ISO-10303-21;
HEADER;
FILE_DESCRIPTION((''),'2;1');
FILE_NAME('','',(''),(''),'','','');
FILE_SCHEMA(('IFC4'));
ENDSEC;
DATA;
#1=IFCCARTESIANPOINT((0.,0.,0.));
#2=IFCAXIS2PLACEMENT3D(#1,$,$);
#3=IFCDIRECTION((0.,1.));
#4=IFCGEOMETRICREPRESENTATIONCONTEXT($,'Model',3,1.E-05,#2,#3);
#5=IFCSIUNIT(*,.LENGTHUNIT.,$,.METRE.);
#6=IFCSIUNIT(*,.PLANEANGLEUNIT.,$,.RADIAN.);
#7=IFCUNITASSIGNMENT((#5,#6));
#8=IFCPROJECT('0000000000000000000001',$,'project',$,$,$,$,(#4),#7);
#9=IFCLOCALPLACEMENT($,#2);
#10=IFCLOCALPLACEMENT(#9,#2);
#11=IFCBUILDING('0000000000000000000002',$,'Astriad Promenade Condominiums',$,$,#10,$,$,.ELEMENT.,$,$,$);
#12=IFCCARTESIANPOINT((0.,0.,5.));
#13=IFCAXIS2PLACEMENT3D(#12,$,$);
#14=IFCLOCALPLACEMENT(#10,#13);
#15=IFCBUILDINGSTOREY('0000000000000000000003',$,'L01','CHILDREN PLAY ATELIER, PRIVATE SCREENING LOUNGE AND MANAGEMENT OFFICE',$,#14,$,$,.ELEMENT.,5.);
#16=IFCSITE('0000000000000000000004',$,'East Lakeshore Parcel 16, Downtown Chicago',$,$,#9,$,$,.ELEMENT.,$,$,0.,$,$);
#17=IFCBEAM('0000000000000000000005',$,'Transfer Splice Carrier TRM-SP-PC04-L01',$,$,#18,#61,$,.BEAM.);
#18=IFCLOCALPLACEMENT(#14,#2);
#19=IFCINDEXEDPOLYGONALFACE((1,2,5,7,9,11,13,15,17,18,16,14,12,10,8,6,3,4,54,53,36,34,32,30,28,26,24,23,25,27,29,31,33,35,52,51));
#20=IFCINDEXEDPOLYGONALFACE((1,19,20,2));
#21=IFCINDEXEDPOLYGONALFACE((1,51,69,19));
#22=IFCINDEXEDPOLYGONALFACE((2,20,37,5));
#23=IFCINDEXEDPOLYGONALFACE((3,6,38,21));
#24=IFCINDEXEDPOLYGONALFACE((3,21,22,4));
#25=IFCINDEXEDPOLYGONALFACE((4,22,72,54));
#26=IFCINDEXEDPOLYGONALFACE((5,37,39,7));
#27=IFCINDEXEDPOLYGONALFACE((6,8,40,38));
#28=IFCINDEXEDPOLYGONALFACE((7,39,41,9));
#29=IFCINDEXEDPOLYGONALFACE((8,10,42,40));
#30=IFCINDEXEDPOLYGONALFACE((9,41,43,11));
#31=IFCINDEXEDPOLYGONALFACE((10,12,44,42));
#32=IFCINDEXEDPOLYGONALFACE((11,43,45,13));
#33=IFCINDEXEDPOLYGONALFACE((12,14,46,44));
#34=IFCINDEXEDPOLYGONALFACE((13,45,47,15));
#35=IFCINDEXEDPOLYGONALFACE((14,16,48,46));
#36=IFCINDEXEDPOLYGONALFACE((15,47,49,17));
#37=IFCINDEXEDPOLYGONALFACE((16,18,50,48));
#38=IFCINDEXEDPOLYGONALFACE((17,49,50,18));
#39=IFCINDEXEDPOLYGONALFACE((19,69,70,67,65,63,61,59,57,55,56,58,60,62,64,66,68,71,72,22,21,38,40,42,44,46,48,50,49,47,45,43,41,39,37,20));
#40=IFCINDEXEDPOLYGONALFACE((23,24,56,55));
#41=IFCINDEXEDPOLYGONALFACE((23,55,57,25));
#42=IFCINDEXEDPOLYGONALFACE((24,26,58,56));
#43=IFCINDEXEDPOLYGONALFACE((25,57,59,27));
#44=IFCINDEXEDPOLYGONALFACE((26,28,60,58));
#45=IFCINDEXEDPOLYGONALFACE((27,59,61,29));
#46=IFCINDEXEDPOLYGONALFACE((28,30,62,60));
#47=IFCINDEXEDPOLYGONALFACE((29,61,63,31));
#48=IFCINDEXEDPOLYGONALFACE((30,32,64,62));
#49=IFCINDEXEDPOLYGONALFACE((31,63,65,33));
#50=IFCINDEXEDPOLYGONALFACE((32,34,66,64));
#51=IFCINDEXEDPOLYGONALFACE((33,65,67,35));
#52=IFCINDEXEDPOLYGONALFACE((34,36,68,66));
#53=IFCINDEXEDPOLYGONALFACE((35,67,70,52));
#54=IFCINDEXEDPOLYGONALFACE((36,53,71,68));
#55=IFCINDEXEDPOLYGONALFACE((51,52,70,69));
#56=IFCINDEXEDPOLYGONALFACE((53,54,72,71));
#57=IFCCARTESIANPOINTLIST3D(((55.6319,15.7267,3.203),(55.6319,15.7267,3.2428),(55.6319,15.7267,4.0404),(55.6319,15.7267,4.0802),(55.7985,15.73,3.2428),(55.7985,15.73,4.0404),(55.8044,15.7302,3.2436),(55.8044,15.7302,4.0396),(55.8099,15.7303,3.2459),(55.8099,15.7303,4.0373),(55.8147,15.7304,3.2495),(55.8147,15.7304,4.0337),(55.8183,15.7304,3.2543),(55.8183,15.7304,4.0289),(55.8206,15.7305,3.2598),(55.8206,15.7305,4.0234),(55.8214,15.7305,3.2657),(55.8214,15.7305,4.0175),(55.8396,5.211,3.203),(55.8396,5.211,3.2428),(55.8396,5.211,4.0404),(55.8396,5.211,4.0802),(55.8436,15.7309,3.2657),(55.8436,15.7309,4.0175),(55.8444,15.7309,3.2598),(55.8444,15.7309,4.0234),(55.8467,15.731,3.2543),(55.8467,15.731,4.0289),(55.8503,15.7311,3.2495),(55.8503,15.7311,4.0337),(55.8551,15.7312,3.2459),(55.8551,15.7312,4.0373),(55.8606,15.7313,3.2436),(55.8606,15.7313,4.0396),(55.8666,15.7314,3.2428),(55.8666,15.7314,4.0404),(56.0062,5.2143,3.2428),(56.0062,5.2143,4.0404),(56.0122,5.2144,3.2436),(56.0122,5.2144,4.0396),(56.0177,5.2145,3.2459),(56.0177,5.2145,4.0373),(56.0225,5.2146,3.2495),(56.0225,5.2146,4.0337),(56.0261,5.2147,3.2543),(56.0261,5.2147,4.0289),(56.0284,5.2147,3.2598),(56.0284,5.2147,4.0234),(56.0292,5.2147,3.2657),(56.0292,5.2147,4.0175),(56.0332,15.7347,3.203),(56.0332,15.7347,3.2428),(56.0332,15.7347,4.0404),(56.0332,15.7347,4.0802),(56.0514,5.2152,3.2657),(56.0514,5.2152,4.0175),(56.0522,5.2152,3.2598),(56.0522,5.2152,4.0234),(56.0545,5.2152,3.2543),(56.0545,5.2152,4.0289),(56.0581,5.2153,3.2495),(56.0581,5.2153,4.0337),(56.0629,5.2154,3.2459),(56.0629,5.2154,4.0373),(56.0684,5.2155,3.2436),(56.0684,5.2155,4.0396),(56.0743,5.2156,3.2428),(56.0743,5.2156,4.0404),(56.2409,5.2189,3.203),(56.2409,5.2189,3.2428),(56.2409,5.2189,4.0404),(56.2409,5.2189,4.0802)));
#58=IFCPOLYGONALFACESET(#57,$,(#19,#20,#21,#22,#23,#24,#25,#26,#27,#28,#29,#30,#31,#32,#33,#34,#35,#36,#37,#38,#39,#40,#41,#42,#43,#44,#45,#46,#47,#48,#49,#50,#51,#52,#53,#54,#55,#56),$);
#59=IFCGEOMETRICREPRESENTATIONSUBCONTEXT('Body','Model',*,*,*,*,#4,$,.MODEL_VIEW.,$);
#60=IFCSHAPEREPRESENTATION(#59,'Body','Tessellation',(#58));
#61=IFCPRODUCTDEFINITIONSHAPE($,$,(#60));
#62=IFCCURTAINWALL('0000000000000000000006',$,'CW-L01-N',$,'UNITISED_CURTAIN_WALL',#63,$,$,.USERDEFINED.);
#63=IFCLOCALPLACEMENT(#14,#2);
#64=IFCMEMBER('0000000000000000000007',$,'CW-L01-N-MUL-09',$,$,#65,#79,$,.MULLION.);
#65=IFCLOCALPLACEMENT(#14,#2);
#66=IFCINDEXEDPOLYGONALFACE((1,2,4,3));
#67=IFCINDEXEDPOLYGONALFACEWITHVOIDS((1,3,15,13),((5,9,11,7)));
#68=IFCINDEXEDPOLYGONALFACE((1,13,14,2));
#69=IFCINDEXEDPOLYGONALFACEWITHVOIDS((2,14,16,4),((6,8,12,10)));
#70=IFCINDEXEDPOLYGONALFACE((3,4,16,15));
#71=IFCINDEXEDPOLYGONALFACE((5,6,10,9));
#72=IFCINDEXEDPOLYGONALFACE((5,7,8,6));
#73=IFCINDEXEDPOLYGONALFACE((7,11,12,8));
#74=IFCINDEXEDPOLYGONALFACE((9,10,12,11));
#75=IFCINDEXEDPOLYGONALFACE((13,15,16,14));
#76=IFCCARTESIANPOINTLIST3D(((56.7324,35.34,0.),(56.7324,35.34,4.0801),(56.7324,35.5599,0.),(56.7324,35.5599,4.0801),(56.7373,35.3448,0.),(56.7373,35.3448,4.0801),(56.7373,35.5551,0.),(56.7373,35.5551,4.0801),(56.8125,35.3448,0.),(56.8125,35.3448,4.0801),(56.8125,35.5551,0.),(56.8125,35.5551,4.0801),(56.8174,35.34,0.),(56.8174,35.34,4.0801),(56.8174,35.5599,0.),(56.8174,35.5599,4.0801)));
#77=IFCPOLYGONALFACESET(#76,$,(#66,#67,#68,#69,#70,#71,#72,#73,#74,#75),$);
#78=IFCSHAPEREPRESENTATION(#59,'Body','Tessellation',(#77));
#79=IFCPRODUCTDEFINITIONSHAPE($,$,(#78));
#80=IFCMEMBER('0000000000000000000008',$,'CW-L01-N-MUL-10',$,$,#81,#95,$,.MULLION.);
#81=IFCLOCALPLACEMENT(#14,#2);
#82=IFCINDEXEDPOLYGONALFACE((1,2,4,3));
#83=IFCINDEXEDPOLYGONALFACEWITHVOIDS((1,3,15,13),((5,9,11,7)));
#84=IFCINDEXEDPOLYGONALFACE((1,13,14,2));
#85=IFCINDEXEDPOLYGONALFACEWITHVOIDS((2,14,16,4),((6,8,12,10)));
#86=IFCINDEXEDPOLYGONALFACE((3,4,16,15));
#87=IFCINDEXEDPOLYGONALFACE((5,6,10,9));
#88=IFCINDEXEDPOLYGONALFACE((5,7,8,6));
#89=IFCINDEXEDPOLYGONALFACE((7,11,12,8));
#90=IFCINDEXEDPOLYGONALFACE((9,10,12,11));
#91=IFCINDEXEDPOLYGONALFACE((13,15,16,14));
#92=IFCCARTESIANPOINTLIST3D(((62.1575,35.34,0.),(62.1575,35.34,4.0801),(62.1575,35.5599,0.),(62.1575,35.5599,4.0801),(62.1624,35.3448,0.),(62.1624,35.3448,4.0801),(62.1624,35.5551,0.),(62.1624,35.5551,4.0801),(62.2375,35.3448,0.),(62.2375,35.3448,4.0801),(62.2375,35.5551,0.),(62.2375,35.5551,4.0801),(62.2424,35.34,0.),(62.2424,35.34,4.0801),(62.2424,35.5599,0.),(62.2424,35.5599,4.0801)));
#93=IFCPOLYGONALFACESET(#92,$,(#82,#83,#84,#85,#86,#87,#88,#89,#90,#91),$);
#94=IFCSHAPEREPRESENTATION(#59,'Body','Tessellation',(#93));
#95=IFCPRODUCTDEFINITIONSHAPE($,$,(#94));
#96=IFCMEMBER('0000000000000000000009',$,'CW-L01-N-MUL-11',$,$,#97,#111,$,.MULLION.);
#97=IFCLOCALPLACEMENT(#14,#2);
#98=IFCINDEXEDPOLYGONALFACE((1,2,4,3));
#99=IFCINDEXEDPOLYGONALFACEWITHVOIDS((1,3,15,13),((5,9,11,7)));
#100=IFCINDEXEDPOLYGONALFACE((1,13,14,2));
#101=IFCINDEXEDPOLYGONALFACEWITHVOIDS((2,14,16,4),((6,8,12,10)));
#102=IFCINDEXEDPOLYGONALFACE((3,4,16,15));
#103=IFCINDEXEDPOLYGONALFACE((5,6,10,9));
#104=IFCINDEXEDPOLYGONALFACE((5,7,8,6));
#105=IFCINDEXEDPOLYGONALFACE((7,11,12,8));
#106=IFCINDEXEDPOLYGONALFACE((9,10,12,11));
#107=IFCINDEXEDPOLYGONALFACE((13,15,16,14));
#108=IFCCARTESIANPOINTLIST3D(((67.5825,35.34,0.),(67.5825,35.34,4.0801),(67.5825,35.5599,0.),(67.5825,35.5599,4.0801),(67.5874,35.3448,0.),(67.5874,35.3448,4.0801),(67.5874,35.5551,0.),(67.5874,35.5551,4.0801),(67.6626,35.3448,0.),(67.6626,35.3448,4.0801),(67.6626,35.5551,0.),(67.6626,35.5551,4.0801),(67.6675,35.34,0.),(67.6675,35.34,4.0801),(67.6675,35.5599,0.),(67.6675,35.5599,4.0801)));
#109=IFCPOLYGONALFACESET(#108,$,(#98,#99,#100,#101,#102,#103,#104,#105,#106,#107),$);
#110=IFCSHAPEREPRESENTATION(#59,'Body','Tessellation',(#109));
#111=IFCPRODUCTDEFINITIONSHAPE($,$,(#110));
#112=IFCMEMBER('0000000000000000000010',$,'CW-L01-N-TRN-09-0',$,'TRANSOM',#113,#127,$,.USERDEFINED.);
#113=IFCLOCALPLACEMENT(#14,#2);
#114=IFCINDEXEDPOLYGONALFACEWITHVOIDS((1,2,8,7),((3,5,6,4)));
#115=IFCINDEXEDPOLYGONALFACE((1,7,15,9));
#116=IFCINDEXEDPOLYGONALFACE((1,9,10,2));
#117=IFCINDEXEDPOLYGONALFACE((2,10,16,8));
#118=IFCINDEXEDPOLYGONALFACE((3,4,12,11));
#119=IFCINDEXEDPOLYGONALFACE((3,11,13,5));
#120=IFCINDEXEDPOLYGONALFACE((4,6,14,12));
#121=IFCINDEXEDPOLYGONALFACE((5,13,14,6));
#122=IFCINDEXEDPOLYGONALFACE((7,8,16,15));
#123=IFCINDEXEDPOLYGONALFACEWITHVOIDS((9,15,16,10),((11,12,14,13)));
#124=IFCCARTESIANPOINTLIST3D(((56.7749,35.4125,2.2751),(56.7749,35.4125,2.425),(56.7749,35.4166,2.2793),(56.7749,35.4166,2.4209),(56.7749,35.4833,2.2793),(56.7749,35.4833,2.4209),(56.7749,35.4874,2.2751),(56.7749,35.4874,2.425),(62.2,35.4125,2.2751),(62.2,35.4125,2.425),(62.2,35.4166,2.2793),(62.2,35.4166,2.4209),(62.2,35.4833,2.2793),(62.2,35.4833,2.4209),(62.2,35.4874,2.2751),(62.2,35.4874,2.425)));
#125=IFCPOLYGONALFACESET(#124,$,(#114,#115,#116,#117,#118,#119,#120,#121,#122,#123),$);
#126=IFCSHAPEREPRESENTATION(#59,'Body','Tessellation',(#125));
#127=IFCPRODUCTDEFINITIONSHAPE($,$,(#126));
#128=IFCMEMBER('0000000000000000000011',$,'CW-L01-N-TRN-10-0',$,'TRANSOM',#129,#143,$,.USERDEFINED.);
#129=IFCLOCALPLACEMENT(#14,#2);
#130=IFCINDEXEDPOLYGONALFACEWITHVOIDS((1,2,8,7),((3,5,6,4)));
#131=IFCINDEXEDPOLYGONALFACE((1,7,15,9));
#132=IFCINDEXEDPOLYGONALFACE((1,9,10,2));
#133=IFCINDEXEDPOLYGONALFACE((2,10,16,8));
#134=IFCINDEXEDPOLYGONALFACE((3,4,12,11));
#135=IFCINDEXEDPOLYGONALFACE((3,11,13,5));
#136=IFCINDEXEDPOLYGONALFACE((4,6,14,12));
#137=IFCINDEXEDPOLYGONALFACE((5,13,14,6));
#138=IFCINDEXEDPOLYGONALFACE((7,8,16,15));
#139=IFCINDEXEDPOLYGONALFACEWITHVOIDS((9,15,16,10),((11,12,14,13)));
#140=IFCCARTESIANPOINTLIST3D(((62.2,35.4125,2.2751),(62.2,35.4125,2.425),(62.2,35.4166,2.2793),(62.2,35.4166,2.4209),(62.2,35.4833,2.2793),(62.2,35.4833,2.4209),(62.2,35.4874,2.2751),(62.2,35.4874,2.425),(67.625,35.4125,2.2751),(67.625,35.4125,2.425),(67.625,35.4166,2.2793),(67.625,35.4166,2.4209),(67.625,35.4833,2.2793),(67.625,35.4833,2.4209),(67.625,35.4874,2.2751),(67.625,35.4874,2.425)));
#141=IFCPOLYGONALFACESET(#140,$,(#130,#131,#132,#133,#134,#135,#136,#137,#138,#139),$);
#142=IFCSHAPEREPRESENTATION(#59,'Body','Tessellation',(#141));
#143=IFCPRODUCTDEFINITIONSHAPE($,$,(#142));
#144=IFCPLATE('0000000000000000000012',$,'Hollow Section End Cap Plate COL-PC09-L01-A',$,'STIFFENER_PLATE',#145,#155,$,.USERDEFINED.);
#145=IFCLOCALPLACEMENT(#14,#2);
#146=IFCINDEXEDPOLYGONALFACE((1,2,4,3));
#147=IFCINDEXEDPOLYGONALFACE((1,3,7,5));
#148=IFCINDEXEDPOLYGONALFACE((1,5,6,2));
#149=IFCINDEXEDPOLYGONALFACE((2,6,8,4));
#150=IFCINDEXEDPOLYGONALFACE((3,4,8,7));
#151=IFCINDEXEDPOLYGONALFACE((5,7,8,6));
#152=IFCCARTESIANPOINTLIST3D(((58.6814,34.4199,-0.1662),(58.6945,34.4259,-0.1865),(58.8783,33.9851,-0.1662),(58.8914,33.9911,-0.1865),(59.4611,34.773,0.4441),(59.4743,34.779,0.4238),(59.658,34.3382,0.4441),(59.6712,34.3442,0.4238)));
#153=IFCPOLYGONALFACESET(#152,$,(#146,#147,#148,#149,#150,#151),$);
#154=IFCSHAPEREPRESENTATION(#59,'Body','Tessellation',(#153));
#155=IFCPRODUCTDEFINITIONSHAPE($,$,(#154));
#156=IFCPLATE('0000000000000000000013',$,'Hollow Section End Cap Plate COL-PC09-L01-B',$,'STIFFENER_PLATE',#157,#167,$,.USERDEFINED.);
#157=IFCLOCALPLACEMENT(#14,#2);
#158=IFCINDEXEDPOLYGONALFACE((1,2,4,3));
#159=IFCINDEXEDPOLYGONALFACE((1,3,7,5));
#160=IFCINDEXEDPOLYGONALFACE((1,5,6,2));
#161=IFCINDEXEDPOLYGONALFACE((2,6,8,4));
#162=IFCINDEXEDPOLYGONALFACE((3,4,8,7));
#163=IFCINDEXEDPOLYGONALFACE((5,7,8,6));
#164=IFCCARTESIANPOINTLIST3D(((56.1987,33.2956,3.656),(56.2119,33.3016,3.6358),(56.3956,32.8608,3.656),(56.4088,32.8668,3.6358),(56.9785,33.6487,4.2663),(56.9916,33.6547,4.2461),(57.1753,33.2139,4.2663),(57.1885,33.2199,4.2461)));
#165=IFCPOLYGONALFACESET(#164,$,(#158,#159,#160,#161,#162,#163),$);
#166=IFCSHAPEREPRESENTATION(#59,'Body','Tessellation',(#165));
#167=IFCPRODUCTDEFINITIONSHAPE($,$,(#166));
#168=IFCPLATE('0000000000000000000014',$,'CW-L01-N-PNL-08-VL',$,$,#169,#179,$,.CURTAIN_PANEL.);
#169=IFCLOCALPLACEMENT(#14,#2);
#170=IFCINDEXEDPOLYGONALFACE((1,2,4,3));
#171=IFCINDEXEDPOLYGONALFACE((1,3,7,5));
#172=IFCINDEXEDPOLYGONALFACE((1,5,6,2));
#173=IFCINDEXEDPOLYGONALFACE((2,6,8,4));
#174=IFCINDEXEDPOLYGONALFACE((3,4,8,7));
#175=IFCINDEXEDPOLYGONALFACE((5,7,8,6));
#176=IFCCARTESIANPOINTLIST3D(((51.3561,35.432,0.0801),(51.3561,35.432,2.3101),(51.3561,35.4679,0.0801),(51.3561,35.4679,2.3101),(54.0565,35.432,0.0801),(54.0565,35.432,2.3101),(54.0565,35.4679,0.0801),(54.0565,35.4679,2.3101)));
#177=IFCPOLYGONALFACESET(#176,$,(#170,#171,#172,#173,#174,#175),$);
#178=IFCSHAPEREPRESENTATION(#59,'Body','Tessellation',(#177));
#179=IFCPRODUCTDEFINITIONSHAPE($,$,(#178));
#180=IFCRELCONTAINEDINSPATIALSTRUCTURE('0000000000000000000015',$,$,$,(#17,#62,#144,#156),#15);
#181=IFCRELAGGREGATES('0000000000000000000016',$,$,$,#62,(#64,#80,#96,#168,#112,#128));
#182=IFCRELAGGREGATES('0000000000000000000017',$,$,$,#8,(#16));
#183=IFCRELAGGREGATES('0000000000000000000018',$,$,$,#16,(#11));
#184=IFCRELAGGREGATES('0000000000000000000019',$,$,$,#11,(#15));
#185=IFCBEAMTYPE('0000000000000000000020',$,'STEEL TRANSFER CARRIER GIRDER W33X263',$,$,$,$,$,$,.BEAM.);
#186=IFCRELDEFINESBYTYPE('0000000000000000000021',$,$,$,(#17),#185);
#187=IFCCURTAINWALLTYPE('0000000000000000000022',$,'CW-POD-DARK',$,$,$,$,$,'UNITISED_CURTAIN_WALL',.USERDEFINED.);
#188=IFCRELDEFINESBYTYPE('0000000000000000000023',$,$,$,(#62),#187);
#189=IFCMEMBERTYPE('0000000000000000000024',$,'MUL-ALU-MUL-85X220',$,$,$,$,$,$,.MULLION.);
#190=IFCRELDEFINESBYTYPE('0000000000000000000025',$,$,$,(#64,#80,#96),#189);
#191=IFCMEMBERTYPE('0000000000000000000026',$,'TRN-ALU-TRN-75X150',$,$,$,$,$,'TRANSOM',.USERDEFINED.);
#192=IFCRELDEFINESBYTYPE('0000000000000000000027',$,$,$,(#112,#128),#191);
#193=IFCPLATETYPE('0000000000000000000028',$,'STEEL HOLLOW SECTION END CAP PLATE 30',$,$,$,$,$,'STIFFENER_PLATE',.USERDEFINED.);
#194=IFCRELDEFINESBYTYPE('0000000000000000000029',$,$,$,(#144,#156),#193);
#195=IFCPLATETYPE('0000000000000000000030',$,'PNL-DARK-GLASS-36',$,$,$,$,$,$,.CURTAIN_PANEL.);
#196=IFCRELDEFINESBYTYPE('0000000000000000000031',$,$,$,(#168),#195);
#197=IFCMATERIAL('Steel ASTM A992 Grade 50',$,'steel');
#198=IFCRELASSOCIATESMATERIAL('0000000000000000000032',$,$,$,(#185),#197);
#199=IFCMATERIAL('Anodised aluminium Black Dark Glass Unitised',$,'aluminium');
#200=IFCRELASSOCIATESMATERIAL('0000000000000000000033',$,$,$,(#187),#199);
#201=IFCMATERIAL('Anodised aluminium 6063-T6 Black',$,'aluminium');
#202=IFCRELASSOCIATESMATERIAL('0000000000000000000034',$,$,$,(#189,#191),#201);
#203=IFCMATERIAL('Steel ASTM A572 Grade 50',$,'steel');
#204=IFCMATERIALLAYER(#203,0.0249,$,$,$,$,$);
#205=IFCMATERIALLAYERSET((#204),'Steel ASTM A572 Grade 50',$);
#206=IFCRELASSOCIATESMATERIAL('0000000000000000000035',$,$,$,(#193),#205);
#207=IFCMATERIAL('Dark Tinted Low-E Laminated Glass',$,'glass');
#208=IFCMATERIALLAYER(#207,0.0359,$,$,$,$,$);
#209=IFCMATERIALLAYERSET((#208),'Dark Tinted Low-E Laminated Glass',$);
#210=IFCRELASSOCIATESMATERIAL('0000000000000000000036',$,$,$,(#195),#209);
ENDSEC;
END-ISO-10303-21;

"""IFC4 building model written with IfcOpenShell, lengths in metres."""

from ifc_helpers import new_model, si_unit, direction, frame, origin, origin_2d, place, context, subcontext, project, spatial, rectangle, hollow_rectangle, i_section, extrude, source, transform, mapped, material, layer, layer_set, material_profile, profile_set, type_object, type_shapes, element, aggregate, save


model = new_model("IFC4")

# Units and contexts
model_context = context("Model", 3, precision=1e-05, world=origin(), true_north=direction((0.0, 1.0)))
body_context = subcontext(model_context, "Body", "Model", "MODEL_VIEW")
ifc_project = project(units=[si_unit("LENGTHUNIT", "METRE"), si_unit("PLANEANGLEUNIT", "RADIAN")], contexts=[model_context])

# Site, building, storey
site_placement = place(None, origin())
site = spatial("IfcSite", under=ifc_project, at=site_placement, Name="East Lakeshore Parcel 16, Downtown Chicago", CompositionType="ELEMENT", RefElevation=0.0)
building_placement = place(site_placement, origin())
building = spatial("IfcBuilding", under=site, at=building_placement, Name="Astriad Promenade Condominiums", CompositionType="ELEMENT")
storey_placement = place(building_placement, frame((0.0, 0.0, 5.0)))
storey = spatial("IfcBuildingStorey", under=building, at=storey_placement, Name="L01", Description="CHILDREN PLAY ATELIER, PRIVATE SCREENING LOUNGE AND MANAGEMENT OFFICE", CompositionType="ELEMENT", Elevation=5.0)

# Shared definitions
ifc_material_1 = material(Name="Steel ASTM A992 Grade 50", Category="steel")

# Beam
ifc_material_profile_1 = material_profile(ifc_material_1, i_section(OverallWidth=0.4014, OverallDepth=0.8772, WebThickness=0.0222, FlangeThickness=0.0398, FilletRadius=0.0229, at=origin_2d()), Name="W33X263")
ifc_profile_set_1 = profile_set([ifc_material_profile_1], Name="Steel ASTM A992 Grade 50")
beam_type_1 = type_object("IfcBeamType", Name="STEEL TRANSFER CARRIER GIRDER W33X263", PredefinedType="BEAM", material=ifc_profile_set_1)
shared_shape_1 = source(origin(), body_context, "Body", "SweptSolid", [
    extrude(i_section(OverallWidth=0.4014, OverallDepth=0.8772, WebThickness=0.0222, FlangeThickness=0.0398, FilletRadius=0.0229, at=origin_2d()), origin(), (0.0, 0.0, 1.0), 10.5178),
])
type_shapes(beam_type_1, [shared_shape_1])
beam_1_placement = place(storey_placement, frame((55.8325, 15.7307, 3.6416), z_axis=(0.019753, -0.999805, 0.0), x_axis=(0.999805, 0.019753, 0.0)))
element("IfcBeam", 1, at=beam_1_placement, inside=storey, type_object=beam_type_1, Name="Transfer Splice Carrier TRM-SP-PC04-L01", PredefinedType="BEAM", context=body_context, shape_type="MappedRepresentation", body=[
    mapped(shared_shape_1, transform((0.0, 0.0, 0.0), scale=1.0)),
])

# Curtain wall, members
ifc_material_2 = material(Name="Anodised aluminium Black Dark Glass Unitised", Category="aluminium")
curtain_wall_type = type_object("IfcCurtainWallType", Name="CW-POD-DARK", ElementType="UNITISED_CURTAIN_WALL", PredefinedType="USERDEFINED", material=ifc_material_2)
curtain_wall_placement = place(storey_placement, origin())
curtain_wall = element("IfcCurtainWall", 2, at=curtain_wall_placement, inside=storey, type_object=curtain_wall_type, Name="CW-L01-N", ObjectType="UNITISED_CURTAIN_WALL", PredefinedType="USERDEFINED")
ifc_material_3 = material(Name="Anodised aluminium 6063-T6 Black", Category="aluminium")
ifc_material_profile_2 = material_profile(ifc_material_3, hollow_rectangle(XDim=0.085, YDim=0.22, WallThickness=0.0049, at=origin_2d()), Name="ALU-MUL-85X220")
ifc_profile_set_2 = profile_set([ifc_material_profile_2], Name="Anodised aluminium 6063-T6 Black")
member_type_1 = type_object("IfcMemberType", Name="MUL-ALU-MUL-85X220", PredefinedType="MULLION", material=ifc_profile_set_2)
shared_shape_2 = source(origin(), body_context, "Body", "SweptSolid", [
    extrude(hollow_rectangle(XDim=0.085, YDim=0.22, WallThickness=0.0049, at=origin_2d()), origin(), (0.0, 0.0, 1.0), 4.0801),
])
type_shapes(member_type_1, [shared_shape_2])
member_1_placement = place(storey_placement, frame((56.7749, 35.45, 0.0), z_axis=(0.0, 0.0, 1.0), x_axis=(1.0, 0.0, 0.0)))
member_1 = element("IfcMember", 3, at=member_1_placement, type_object=member_type_1, Name="CW-L01-N-MUL-09", PredefinedType="MULLION", context=body_context, shape_type="MappedRepresentation", body=[
    mapped(shared_shape_2, transform((0.0, 0.0, 0.0), scale=1.0)),
])
member_2_placement = place(storey_placement, frame((62.2, 35.45, 0.0), z_axis=(0.0, 0.0, 1.0), x_axis=(1.0, 0.0, 0.0)))
member_2 = element("IfcMember", 4, at=member_2_placement, type_object=member_type_1, Name="CW-L01-N-MUL-10", PredefinedType="MULLION", context=body_context, shape_type="MappedRepresentation", body=[
    mapped(shared_shape_2, transform((0.0, 0.0, 0.0), scale=1.0)),
])
member_3_placement = place(storey_placement, frame((67.625, 35.45, 0.0), z_axis=(0.0, 0.0, 1.0), x_axis=(1.0, 0.0, 0.0)))
member_3 = element("IfcMember", 5, at=member_3_placement, type_object=member_type_1, Name="CW-L01-N-MUL-11", PredefinedType="MULLION", context=body_context, shape_type="MappedRepresentation", body=[
    mapped(shared_shape_2, transform((0.0, 0.0, 0.0), scale=1.0)),
])
ifc_material_profile_3 = material_profile(ifc_material_3, hollow_rectangle(XDim=0.075, YDim=0.1499, WallThickness=0.0042, at=origin_2d()), Name="ALU-TRN-75X150")
ifc_profile_set_3 = profile_set([ifc_material_profile_3], Name="Anodised aluminium 6063-T6 Black")
member_type_2 = type_object("IfcMemberType", Name="TRN-ALU-TRN-75X150", ElementType="TRANSOM", PredefinedType="USERDEFINED", material=ifc_profile_set_3)
shared_shape_3 = source(origin(), body_context, "Body", "SweptSolid", [
    extrude(hollow_rectangle(XDim=0.075, YDim=0.1499, WallThickness=0.0042, at=origin_2d()), origin(), (0.0, 0.0, 1.0), 5.425),
])
type_shapes(member_type_2, [shared_shape_3])
member_4_placement = place(storey_placement, frame((56.7749, 35.45, 2.3501), z_axis=(1.0, 0.0, 0.0), x_axis=(0.0, 1.0, 0.0)))
member_4 = element("IfcMember", 6, at=member_4_placement, type_object=member_type_2, Name="CW-L01-N-TRN-09-0", ObjectType="TRANSOM", PredefinedType="USERDEFINED", context=body_context, shape_type="MappedRepresentation", body=[
    mapped(shared_shape_3, transform((0.0, 0.0, 0.0), scale=1.0)),
])
member_5_placement = place(storey_placement, frame((62.2, 35.45, 2.3501), z_axis=(1.0, 0.0, 0.0), x_axis=(0.0, 1.0, 0.0)))
member_5 = element("IfcMember", 7, at=member_5_placement, type_object=member_type_2, Name="CW-L01-N-TRN-10-0", ObjectType="TRANSOM", PredefinedType="USERDEFINED", context=body_context, shape_type="MappedRepresentation", body=[
    mapped(shared_shape_3, transform((0.0, 0.0, 0.0), scale=1.0)),
])

# Plates
ifc_material_4 = material(Name="Steel ASTM A572 Grade 50", Category="steel")
ifc_layer_1 = layer(ifc_material_4, 0.0249)
ifc_layer_set_1 = layer_set([ifc_layer_1], Name="Steel ASTM A572 Grade 50")
plate_type_1 = type_object("IfcPlateType", Name="STEEL HOLLOW SECTION END CAP PLATE 30", ElementType="STIFFENER_PLATE", PredefinedType="USERDEFINED", material=ifc_layer_set_1)
shared_shape_4 = source(origin(), body_context, "Body", "SweptSolid", [
    extrude(rectangle(XDim=0.4773, YDim=1.0513, at=origin_2d()), origin(), (0.0, 0.0, 1.0), 0.0249),
])
type_shapes(plate_type_1, [shared_shape_4])
for number, where, z_axis, x_axis, name in (
    (8, (59.1829, 34.385, 0.1187), (-0.528845, -0.239473, 0.814233), (0.412502, -0.910957, 0.0), "Hollow Section End Cap Plate COL-PC09-L01-A"),
    (9, (56.7002, 33.2607, 3.9409), (-0.528845, -0.239473, 0.814233), (0.412502, -0.910957, 0.0), "Hollow Section End Cap Plate COL-PC09-L01-B"),
):
    element("IfcPlate", number, at=place(storey_placement, frame(where, z_axis=z_axis, x_axis=x_axis)), inside=storey, type_object=plate_type_1, Name=name, ObjectType="STIFFENER_PLATE", PredefinedType="USERDEFINED", context=body_context, shape_type="MappedRepresentation", body=[
        mapped(shared_shape_4, transform((0.0, 0.0, 0.0), scale=1.0)),
    ])

# Plate
ifc_material_5 = material(Name="Dark Tinted Low-E Laminated Glass", Category="glass")
ifc_layer_2 = layer(ifc_material_5, 0.0359)
ifc_layer_set_2 = layer_set([ifc_layer_2], Name="Dark Tinted Low-E Laminated Glass")
plate_type_2 = type_object("IfcPlateType", Name="PNL-DARK-GLASS-36", PredefinedType="CURTAIN_PANEL", material=ifc_layer_set_2)
shared_shape_5 = source(origin(), body_context, "Body", "SweptSolid", [
    extrude(rectangle(XDim=2.7004, YDim=0.0359, at=origin_2d()), origin(), (0.0, 0.0, 1.0), 2.23),
])
plate_1_placement = place(storey_placement, frame((52.7063, 35.45, 0.0801), z_axis=(0.0, 0.0, 1.0), x_axis=(1.0, 0.0, 0.0)))
plate_1 = element("IfcPlate", 10, at=plate_1_placement, type_object=plate_type_2, Name="CW-L01-N-PNL-08-VL", PredefinedType="CURTAIN_PANEL", context=body_context, shape_type="MappedRepresentation", body=[
    mapped(shared_shape_5, transform((0.0, 0.0, 0.0), scale=1.0)),
])
aggregate(curtain_wall, [member_1, member_2, member_3, plate_1, member_4, member_5])

save(model, "model.ifc")
